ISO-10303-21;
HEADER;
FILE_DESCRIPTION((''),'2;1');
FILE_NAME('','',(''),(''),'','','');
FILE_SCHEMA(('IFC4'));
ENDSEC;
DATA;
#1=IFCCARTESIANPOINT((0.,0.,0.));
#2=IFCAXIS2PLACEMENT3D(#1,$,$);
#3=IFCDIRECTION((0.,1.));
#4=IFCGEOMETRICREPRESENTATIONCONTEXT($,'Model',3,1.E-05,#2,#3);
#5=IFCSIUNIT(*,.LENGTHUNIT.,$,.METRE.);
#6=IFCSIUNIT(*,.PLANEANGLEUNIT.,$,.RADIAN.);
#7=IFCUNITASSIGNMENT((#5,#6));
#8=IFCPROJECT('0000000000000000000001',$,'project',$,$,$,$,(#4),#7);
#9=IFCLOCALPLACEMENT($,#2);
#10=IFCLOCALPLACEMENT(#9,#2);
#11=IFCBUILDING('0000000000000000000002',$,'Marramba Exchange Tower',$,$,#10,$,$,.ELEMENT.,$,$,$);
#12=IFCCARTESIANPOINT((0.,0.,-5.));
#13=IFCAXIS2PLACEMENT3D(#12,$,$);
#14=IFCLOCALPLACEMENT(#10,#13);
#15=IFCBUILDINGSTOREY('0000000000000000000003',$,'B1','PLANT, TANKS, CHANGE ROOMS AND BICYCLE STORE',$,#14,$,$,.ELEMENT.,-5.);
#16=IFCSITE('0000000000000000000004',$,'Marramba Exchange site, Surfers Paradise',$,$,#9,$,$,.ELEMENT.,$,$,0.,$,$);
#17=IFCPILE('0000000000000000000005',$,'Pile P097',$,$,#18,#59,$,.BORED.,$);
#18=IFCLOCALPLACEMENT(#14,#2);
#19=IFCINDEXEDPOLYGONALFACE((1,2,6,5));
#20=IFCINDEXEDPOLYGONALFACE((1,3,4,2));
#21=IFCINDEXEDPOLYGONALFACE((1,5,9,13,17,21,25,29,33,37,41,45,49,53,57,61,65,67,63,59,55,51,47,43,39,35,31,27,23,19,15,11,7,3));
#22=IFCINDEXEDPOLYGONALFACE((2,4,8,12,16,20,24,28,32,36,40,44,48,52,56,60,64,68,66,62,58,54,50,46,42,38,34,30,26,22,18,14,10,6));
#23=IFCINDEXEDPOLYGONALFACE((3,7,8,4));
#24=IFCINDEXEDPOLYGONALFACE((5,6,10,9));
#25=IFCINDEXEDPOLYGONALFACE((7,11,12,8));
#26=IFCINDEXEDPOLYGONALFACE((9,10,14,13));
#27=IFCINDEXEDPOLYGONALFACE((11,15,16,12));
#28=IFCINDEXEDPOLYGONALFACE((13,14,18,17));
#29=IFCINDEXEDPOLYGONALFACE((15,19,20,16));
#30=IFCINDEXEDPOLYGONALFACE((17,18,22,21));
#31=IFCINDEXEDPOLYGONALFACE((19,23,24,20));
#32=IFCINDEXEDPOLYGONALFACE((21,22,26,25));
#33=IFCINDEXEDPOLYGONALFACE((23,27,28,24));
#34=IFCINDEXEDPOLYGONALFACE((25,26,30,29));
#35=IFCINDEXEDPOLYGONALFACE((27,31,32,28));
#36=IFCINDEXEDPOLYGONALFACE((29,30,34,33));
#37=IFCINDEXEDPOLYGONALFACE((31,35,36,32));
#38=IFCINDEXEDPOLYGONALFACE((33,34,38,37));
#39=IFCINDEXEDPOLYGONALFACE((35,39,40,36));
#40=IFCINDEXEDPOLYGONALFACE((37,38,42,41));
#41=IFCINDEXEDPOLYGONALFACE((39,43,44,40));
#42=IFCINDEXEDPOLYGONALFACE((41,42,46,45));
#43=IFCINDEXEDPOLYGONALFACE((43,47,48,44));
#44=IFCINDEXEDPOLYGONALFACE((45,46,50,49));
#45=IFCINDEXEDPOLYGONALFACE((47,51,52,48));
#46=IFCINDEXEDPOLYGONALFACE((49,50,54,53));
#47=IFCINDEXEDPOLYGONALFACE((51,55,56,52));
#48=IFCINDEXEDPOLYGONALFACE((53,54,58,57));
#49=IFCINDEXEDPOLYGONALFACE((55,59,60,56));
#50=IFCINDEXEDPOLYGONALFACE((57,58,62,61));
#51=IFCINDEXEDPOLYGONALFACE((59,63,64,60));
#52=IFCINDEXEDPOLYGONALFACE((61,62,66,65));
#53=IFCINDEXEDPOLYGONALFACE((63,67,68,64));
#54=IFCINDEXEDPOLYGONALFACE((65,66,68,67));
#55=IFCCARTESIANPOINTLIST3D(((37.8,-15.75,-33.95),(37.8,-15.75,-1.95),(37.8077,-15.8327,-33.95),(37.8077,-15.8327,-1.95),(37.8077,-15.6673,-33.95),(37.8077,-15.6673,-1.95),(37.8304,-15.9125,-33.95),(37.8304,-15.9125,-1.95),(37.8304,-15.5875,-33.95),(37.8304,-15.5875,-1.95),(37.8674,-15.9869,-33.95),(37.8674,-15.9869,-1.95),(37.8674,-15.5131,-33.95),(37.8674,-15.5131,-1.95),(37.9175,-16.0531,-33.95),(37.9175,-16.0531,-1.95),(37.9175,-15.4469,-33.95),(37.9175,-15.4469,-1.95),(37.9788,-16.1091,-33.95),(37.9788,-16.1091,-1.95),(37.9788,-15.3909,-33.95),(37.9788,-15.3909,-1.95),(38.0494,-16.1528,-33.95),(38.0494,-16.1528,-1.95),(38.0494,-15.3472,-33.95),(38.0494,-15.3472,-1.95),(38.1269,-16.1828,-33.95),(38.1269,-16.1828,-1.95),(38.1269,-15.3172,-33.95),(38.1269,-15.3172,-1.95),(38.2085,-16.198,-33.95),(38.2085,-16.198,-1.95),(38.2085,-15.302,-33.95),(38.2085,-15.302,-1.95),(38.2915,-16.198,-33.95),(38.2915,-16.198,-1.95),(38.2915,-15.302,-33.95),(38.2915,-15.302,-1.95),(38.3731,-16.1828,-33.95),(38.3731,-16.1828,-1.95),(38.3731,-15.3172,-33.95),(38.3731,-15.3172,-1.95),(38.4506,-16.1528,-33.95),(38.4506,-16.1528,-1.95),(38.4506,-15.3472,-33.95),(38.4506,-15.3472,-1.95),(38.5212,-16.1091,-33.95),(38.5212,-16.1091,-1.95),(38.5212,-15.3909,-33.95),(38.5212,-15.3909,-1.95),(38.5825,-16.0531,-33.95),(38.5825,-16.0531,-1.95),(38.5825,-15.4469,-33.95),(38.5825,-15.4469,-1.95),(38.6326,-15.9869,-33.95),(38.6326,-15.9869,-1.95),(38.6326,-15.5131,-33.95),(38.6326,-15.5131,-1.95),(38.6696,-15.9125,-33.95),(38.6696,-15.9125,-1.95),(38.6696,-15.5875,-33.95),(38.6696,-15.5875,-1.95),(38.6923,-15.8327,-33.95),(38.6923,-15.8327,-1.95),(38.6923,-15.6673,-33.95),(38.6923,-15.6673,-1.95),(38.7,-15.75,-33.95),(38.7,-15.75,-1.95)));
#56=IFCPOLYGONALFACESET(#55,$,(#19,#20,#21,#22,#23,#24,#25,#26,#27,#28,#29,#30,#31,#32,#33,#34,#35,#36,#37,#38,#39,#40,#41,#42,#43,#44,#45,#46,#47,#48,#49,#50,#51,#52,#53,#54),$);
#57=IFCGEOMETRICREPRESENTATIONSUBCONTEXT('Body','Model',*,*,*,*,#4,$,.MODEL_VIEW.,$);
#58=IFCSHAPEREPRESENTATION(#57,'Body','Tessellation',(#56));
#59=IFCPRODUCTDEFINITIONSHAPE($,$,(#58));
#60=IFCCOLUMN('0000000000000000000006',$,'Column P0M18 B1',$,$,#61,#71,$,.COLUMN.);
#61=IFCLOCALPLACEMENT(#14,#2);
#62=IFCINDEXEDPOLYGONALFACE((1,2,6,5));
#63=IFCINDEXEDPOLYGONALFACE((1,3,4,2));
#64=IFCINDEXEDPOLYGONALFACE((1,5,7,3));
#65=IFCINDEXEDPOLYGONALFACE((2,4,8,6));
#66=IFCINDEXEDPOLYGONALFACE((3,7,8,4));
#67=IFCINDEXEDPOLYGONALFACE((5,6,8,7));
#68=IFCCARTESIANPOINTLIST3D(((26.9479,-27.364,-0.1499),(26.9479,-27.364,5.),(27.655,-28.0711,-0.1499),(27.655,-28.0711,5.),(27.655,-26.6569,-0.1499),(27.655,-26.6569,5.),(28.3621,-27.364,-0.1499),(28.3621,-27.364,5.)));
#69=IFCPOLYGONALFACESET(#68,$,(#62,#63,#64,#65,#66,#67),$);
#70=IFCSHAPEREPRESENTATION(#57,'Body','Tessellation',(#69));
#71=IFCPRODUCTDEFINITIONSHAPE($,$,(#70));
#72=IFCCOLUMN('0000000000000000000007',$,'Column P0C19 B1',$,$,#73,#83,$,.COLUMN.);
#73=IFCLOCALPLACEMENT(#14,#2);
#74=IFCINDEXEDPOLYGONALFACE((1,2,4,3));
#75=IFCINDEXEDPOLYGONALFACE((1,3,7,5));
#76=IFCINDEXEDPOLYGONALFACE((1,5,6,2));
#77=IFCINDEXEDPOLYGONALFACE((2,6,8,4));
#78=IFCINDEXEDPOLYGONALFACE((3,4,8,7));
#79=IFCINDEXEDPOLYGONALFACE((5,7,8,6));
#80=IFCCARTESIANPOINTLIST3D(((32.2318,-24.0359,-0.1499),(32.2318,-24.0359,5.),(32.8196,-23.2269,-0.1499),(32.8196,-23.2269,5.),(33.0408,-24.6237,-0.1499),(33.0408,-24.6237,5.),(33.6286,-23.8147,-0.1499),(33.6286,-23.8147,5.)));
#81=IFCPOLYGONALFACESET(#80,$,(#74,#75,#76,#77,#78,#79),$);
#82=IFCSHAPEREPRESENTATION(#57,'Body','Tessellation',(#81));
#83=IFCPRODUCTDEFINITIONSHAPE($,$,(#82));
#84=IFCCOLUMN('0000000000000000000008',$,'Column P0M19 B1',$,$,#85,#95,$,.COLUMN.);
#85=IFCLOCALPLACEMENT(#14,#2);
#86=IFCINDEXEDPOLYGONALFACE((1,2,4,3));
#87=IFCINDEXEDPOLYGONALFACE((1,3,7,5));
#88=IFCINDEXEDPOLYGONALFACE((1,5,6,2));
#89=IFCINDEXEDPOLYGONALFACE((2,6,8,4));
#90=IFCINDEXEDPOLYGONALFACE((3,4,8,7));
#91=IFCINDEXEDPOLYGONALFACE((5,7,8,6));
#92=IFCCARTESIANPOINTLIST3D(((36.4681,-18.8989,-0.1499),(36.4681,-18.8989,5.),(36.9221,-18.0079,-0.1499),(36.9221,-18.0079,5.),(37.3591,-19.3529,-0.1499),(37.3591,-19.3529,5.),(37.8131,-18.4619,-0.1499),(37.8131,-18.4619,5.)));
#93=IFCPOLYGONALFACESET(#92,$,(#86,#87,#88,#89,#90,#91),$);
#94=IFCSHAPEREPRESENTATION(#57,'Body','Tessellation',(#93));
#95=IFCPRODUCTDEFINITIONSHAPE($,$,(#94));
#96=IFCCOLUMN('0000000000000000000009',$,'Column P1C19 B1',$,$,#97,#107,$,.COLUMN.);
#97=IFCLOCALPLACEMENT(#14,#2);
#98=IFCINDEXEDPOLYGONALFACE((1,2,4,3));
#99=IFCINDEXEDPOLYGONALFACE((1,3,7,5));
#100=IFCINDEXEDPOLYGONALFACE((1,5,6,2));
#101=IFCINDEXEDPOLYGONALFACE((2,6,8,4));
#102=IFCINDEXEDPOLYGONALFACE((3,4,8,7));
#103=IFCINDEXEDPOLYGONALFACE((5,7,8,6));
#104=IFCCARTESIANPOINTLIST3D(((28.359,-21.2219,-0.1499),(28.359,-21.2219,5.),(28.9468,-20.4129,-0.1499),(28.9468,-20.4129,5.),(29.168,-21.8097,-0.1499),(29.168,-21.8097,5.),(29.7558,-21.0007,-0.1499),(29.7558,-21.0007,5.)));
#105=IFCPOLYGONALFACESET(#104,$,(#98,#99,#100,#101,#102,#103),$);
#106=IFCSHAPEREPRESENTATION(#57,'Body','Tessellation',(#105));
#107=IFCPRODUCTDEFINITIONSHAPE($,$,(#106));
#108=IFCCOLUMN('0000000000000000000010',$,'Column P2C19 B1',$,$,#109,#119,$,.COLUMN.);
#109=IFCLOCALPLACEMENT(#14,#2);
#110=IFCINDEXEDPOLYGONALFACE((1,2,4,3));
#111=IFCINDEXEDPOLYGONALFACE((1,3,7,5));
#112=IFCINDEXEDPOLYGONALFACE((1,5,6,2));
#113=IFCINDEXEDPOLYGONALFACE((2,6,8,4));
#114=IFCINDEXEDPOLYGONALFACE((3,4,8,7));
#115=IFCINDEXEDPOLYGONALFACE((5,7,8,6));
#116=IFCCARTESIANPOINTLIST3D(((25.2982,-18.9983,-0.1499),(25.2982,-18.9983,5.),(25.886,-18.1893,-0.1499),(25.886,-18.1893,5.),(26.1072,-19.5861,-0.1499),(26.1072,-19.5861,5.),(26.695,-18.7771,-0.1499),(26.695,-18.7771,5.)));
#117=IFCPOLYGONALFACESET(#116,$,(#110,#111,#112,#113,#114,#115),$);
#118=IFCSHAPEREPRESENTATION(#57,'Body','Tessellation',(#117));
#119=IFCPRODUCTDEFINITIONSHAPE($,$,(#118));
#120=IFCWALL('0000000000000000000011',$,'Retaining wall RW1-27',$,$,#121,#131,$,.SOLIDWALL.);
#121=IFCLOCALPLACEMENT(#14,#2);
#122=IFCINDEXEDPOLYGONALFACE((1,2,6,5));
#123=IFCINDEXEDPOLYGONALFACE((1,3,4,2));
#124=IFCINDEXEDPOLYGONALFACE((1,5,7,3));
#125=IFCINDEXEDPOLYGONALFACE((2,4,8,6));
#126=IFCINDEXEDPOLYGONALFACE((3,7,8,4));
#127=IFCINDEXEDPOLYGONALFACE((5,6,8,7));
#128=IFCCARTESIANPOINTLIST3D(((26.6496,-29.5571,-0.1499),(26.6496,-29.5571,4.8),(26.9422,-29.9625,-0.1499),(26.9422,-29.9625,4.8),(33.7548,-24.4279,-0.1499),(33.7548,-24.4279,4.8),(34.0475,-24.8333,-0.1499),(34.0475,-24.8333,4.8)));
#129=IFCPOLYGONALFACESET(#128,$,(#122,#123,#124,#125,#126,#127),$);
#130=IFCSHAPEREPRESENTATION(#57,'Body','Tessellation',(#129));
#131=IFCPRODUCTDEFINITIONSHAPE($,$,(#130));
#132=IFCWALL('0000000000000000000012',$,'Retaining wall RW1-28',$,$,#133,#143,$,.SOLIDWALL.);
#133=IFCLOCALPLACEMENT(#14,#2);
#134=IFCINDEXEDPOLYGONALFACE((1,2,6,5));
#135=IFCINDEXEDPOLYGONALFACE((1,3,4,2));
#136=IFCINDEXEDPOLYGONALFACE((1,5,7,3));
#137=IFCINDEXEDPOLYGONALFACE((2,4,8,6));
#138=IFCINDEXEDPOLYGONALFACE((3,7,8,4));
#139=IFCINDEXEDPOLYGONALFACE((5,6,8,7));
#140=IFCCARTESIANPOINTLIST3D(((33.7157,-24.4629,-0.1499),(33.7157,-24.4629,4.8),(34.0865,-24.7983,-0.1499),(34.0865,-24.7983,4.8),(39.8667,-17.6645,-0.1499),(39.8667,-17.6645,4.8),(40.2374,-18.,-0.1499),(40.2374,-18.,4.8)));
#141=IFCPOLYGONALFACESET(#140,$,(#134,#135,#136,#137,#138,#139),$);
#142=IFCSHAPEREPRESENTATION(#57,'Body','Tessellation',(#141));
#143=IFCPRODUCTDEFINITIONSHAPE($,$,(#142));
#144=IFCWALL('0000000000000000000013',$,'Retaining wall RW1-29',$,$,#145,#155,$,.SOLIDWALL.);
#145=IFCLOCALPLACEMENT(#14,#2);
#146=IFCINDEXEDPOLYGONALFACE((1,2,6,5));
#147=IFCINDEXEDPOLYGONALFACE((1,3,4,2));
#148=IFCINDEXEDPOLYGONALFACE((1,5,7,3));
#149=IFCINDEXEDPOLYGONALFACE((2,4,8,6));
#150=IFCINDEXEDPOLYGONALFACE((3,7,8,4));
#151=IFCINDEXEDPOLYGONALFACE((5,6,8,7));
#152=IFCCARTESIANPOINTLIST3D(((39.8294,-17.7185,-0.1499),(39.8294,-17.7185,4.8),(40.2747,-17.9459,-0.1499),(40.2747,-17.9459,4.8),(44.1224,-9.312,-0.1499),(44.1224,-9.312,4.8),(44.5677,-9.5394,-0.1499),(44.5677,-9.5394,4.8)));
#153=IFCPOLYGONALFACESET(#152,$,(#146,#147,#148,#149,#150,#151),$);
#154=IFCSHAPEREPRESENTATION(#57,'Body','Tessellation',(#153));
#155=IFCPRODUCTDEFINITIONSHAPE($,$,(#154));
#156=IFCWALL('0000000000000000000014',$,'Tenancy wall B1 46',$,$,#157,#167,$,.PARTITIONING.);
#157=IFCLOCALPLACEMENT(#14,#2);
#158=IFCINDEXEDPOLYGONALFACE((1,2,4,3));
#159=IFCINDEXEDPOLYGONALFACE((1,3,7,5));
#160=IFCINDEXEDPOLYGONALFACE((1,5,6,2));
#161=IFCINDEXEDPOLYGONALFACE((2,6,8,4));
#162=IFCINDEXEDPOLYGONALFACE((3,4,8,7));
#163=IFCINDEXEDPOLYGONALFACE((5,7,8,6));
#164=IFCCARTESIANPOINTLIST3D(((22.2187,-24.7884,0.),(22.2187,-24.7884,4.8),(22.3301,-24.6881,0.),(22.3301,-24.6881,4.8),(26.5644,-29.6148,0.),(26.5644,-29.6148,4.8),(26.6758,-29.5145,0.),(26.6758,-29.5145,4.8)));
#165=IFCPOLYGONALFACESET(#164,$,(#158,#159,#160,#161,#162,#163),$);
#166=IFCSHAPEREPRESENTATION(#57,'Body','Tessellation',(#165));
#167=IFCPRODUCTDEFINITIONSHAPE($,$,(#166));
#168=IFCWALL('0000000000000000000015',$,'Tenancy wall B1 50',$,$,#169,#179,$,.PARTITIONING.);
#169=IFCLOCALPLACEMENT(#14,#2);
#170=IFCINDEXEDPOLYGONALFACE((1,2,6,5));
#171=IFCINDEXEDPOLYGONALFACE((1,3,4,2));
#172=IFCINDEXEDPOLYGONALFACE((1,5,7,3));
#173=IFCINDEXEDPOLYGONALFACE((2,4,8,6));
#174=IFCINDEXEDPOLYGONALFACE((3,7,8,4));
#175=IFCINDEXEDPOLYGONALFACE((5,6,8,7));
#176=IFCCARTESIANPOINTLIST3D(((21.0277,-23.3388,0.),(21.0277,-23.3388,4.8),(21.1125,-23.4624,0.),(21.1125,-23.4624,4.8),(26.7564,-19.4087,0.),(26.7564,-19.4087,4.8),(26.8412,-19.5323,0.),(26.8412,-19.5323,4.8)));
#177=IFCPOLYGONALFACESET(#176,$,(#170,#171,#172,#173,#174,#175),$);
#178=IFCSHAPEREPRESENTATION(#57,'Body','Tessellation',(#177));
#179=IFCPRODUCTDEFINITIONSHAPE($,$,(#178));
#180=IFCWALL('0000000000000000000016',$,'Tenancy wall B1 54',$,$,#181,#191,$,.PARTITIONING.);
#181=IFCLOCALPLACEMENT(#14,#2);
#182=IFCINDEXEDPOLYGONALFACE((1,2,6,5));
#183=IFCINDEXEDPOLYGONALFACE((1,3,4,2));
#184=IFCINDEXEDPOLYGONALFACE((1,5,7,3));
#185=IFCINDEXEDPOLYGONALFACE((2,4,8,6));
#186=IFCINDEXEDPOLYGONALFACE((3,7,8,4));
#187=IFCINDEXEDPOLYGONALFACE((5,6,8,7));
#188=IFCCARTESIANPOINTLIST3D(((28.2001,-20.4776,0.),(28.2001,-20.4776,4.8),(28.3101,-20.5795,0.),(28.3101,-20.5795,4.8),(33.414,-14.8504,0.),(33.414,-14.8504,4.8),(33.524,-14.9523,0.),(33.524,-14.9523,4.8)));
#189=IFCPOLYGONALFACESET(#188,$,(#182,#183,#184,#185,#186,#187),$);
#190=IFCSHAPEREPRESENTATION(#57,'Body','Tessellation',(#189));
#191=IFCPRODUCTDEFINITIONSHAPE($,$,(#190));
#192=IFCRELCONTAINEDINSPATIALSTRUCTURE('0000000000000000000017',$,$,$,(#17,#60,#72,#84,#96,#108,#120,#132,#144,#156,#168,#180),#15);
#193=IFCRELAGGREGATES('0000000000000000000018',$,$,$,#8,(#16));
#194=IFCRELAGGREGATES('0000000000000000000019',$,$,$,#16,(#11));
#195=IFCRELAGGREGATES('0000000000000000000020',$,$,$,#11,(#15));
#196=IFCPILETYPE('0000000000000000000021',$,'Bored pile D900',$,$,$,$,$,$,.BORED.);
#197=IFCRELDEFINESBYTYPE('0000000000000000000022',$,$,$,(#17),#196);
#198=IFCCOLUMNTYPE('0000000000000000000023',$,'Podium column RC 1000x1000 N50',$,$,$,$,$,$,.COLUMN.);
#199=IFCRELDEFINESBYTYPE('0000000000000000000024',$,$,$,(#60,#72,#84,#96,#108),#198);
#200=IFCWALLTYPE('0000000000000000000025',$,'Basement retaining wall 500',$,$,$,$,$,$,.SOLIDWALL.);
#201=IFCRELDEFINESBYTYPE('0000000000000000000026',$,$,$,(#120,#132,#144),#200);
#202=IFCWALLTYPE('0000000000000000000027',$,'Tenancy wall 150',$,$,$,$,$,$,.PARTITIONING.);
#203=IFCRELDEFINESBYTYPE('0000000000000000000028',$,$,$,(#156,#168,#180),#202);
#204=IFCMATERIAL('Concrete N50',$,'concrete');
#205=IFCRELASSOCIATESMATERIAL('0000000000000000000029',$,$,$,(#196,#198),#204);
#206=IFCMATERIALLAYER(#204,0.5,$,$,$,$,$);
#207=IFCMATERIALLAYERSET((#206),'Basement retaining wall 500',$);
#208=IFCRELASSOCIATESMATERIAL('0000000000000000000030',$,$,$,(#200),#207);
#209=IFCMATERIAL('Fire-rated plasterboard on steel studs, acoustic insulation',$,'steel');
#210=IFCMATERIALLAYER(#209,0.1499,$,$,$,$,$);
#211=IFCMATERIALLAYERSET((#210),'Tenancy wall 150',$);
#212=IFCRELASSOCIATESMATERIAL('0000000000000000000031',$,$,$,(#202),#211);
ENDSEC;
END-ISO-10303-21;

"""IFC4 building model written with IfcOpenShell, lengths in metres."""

from ifc_helpers import new_model, si_unit, direction, frame, frame_2d, origin, origin_2d, place, context, subcontext, project, spatial, rectangle, circle, extrude, material, layer, layer_set, material_profile, profile_set, type_object, element, save


model = new_model("IFC4")

# Units and contexts
model_context = context("Model", 3, precision=1e-05, world=origin(), true_north=direction((0.0, 1.0)))
body_context = subcontext(model_context, "Body", "Model", "MODEL_VIEW")
ifc_project = project(units=[si_unit("LENGTHUNIT", "METRE"), si_unit("PLANEANGLEUNIT", "RADIAN")], contexts=[model_context])

# Site, building, storey
site_placement = place(None, origin())
site = spatial("IfcSite", under=ifc_project, at=site_placement, Name="Marramba Exchange site, Surfers Paradise", CompositionType="ELEMENT", RefElevation=0.0)
building_placement = place(site_placement, origin())
building = spatial("IfcBuilding", under=site, at=building_placement, Name="Marramba Exchange Tower", CompositionType="ELEMENT")
storey_placement = place(building_placement, frame((0.0, 0.0, -5.0)))
storey = spatial("IfcBuildingStorey", under=building, at=storey_placement, Name="B1", Description="PLANT, TANKS, CHANGE ROOMS AND BICYCLE STORE", CompositionType="ELEMENT", Elevation=-5.0)

# Pile
ifc_material_1 = material(Name="Concrete N50", Category="concrete")
ifc_material_profile_1 = material_profile(ifc_material_1, circle(Radius=0.45, at=origin_2d()), Name="BP D900")
ifc_profile_set_1 = profile_set([ifc_material_profile_1], Name="Concrete N50")
pile_type = type_object("IfcPileType", Name="Bored pile D900", PredefinedType="BORED", material=ifc_profile_set_1)
for number, where, z_axis, x_axis, name in (
    (1, (38.25, -15.75, -1.95), (0.0, 0.0, -1.0), (1.0, 0.0, 0.0), "Pile P097"),
):
    element("IfcPile", number, at=place(storey_placement, frame(where, z_axis=z_axis, x_axis=x_axis)), inside=storey, type_object=pile_type, Name=name, PredefinedType="BORED", context=body_context, shape_type="SweptSolid", body=[
        extrude(circle(Radius=0.45, at=origin_2d()), origin(), (0.0, 0.0, 1.0), 32.0),
    ])

# Columns
ifc_material_profile_2 = material_profile(ifc_material_1, rectangle(XDim=1.0, YDim=1.0, at=origin_2d()), Name="RC 1000x1000")
ifc_profile_set_2 = profile_set([ifc_material_profile_2], Name="Concrete N50")
column_type = type_object("IfcColumnType", Name="Podium column RC 1000x1000 N50", PredefinedType="COLUMN", material=ifc_profile_set_2)
for number, where, z_axis, x_axis, name in (
    (2, (27.655, -27.364, -0.1499), (0.0, 0.0, 1.0), (0.707107, -0.707107, 0.0), "Column P0M18 B1"),
    (3, (32.9302, -23.9253, -0.1499), (0.0, 0.0, 1.0), (0.809017, -0.587785, 0.0), "Column P0C19 B1"),
    (4, (37.1406, -18.6804, -0.1499), (0.0, 0.0, 1.0), (0.891007, -0.45399, 0.0), "Column P0M19 B1"),
    (5, (29.0574, -21.1113, -0.1499), (0.0, 0.0, 1.0), (0.809017, -0.587785, 0.0), "Column P1C19 B1"),
    (6, (25.9966, -18.8877, -0.1499), (0.0, 0.0, 1.0), (0.809017, -0.587785, 0.0), "Column P2C19 B1"),
):
    element("IfcColumn", number, at=place(storey_placement, frame(where, z_axis=z_axis, x_axis=x_axis)), inside=storey, type_object=column_type, Name=name, PredefinedType="COLUMN", context=body_context, shape_type="SweptSolid", body=[
        extrude(rectangle(XDim=1.0, YDim=1.0, at=origin_2d()), origin(), (0.0, 0.0, 1.0), 5.1499),
    ])

# Walls
ifc_layer_1 = layer(ifc_material_1, 0.5)
ifc_layer_set_1 = layer_set([ifc_layer_1], Name="Basement retaining wall 500")
wall_type_1 = type_object("IfcWallType", Name="Basement retaining wall 500", PredefinedType="SOLIDWALL", material=ifc_layer_set_1)
wall_1_placement = place(storey_placement, frame((26.7959, -29.7598, -0.1499), z_axis=(0.0, 0.0, 1.0), x_axis=(0.810809, 0.58531, 0.0)))
element("IfcWall", 7, at=wall_1_placement, inside=storey, type_object=wall_type_1, Name="Retaining wall RW1-27", PredefinedType="SOLIDWALL", context=body_context, shape_type="SweptSolid", body=[
    extrude(rectangle(XDim=8.7632, YDim=0.5, at=frame_2d((4.3816, 0.0))), origin(), (0.0, 0.0, 1.0), 4.95),
])
wall_2_placement = place(storey_placement, frame((33.9011, -24.6306, -0.1499), z_axis=(0.0, 0.0, 1.0), x_axis=(0.670913, 0.741536, 0.0)))
element("IfcWall", 8, at=wall_2_placement, inside=storey, type_object=wall_type_1, Name="Retaining wall RW1-28", PredefinedType="SOLIDWALL", context=body_context, shape_type="SweptSolid", body=[
    extrude(rectangle(XDim=9.168, YDim=0.5, at=frame_2d((4.584, 0.0))), origin(), (0.0, 0.0, 1.0), 4.95),
])
wall_3_placement = place(storey_placement, frame((40.052, -17.8323, -0.1499), z_axis=(0.0, 0.0, 1.0), x_axis=(0.454802, 0.890593, 0.0)))
element("IfcWall", 9, at=wall_3_placement, inside=storey, type_object=wall_type_1, Name="Retaining wall RW1-29", PredefinedType="SOLIDWALL", context=body_context, shape_type="SweptSolid", body=[
    extrude(rectangle(XDim=9.4392, YDim=0.5, at=frame_2d((4.7197, 0.0))), origin(), (0.0, 0.0, 1.0), 4.95),
])
ifc_material_2 = material(Name="Fire-rated plasterboard on steel studs, acoustic insulation", Category="steel")
ifc_layer_2 = layer(ifc_material_2, 0.1499)
ifc_layer_set_2 = layer_set([ifc_layer_2], Name="Tenancy wall 150")
wall_type_2 = type_object("IfcWallType", Name="Tenancy wall 150", PredefinedType="PARTITIONING", material=ifc_layer_set_2)
wall_4_placement = place(storey_placement, frame((26.6201, -29.5647, 0.0), z_axis=(0.0, 0.0, 1.0), x_axis=(-0.669129, 0.743146, 0.0)))
element("IfcWall", 10, at=wall_4_placement, inside=storey, type_object=wall_type_2, Name="Tenancy wall B1 46", PredefinedType="PARTITIONING", context=body_context, shape_type="SweptSolid", body=[
    extrude(rectangle(XDim=6.4946, YDim=0.1499, at=frame_2d((3.2473, 0.0))), origin(), (0.0, 0.0, 1.0), 4.8),
])
wall_5_placement = place(storey_placement, frame((26.7988, -19.4705, 0.0), z_axis=(0.0, 0.0, 1.0), x_axis=(-0.824602, -0.565713, 0.0)))
element("IfcWall", 11, at=wall_5_placement, inside=storey, type_object=wall_type_2, Name="Tenancy wall B1 50", PredefinedType="PARTITIONING", context=body_context, shape_type="SweptSolid", body=[
    extrude(rectangle(XDim=6.9473, YDim=0.1499, at=frame_2d((3.4736, 0.0))), origin(), (0.0, 0.0, 1.0), 4.8),
])
wall_6_placement = place(storey_placement, frame((28.2551, -20.5286, 0.0), z_axis=(0.0, 0.0, 1.0), x_axis=(0.679654, 0.733533, 0.0)))
element("IfcWall", 12, at=wall_6_placement, inside=storey, type_object=wall_type_2, Name="Tenancy wall B1 54", PredefinedType="PARTITIONING", context=body_context, shape_type="SweptSolid", body=[
    extrude(rectangle(XDim=7.6714, YDim=0.1499, at=frame_2d((3.8357, 0.0))), origin(), (0.0, 0.0, 1.0), 4.8),
])

save(model, "model.ifc")
